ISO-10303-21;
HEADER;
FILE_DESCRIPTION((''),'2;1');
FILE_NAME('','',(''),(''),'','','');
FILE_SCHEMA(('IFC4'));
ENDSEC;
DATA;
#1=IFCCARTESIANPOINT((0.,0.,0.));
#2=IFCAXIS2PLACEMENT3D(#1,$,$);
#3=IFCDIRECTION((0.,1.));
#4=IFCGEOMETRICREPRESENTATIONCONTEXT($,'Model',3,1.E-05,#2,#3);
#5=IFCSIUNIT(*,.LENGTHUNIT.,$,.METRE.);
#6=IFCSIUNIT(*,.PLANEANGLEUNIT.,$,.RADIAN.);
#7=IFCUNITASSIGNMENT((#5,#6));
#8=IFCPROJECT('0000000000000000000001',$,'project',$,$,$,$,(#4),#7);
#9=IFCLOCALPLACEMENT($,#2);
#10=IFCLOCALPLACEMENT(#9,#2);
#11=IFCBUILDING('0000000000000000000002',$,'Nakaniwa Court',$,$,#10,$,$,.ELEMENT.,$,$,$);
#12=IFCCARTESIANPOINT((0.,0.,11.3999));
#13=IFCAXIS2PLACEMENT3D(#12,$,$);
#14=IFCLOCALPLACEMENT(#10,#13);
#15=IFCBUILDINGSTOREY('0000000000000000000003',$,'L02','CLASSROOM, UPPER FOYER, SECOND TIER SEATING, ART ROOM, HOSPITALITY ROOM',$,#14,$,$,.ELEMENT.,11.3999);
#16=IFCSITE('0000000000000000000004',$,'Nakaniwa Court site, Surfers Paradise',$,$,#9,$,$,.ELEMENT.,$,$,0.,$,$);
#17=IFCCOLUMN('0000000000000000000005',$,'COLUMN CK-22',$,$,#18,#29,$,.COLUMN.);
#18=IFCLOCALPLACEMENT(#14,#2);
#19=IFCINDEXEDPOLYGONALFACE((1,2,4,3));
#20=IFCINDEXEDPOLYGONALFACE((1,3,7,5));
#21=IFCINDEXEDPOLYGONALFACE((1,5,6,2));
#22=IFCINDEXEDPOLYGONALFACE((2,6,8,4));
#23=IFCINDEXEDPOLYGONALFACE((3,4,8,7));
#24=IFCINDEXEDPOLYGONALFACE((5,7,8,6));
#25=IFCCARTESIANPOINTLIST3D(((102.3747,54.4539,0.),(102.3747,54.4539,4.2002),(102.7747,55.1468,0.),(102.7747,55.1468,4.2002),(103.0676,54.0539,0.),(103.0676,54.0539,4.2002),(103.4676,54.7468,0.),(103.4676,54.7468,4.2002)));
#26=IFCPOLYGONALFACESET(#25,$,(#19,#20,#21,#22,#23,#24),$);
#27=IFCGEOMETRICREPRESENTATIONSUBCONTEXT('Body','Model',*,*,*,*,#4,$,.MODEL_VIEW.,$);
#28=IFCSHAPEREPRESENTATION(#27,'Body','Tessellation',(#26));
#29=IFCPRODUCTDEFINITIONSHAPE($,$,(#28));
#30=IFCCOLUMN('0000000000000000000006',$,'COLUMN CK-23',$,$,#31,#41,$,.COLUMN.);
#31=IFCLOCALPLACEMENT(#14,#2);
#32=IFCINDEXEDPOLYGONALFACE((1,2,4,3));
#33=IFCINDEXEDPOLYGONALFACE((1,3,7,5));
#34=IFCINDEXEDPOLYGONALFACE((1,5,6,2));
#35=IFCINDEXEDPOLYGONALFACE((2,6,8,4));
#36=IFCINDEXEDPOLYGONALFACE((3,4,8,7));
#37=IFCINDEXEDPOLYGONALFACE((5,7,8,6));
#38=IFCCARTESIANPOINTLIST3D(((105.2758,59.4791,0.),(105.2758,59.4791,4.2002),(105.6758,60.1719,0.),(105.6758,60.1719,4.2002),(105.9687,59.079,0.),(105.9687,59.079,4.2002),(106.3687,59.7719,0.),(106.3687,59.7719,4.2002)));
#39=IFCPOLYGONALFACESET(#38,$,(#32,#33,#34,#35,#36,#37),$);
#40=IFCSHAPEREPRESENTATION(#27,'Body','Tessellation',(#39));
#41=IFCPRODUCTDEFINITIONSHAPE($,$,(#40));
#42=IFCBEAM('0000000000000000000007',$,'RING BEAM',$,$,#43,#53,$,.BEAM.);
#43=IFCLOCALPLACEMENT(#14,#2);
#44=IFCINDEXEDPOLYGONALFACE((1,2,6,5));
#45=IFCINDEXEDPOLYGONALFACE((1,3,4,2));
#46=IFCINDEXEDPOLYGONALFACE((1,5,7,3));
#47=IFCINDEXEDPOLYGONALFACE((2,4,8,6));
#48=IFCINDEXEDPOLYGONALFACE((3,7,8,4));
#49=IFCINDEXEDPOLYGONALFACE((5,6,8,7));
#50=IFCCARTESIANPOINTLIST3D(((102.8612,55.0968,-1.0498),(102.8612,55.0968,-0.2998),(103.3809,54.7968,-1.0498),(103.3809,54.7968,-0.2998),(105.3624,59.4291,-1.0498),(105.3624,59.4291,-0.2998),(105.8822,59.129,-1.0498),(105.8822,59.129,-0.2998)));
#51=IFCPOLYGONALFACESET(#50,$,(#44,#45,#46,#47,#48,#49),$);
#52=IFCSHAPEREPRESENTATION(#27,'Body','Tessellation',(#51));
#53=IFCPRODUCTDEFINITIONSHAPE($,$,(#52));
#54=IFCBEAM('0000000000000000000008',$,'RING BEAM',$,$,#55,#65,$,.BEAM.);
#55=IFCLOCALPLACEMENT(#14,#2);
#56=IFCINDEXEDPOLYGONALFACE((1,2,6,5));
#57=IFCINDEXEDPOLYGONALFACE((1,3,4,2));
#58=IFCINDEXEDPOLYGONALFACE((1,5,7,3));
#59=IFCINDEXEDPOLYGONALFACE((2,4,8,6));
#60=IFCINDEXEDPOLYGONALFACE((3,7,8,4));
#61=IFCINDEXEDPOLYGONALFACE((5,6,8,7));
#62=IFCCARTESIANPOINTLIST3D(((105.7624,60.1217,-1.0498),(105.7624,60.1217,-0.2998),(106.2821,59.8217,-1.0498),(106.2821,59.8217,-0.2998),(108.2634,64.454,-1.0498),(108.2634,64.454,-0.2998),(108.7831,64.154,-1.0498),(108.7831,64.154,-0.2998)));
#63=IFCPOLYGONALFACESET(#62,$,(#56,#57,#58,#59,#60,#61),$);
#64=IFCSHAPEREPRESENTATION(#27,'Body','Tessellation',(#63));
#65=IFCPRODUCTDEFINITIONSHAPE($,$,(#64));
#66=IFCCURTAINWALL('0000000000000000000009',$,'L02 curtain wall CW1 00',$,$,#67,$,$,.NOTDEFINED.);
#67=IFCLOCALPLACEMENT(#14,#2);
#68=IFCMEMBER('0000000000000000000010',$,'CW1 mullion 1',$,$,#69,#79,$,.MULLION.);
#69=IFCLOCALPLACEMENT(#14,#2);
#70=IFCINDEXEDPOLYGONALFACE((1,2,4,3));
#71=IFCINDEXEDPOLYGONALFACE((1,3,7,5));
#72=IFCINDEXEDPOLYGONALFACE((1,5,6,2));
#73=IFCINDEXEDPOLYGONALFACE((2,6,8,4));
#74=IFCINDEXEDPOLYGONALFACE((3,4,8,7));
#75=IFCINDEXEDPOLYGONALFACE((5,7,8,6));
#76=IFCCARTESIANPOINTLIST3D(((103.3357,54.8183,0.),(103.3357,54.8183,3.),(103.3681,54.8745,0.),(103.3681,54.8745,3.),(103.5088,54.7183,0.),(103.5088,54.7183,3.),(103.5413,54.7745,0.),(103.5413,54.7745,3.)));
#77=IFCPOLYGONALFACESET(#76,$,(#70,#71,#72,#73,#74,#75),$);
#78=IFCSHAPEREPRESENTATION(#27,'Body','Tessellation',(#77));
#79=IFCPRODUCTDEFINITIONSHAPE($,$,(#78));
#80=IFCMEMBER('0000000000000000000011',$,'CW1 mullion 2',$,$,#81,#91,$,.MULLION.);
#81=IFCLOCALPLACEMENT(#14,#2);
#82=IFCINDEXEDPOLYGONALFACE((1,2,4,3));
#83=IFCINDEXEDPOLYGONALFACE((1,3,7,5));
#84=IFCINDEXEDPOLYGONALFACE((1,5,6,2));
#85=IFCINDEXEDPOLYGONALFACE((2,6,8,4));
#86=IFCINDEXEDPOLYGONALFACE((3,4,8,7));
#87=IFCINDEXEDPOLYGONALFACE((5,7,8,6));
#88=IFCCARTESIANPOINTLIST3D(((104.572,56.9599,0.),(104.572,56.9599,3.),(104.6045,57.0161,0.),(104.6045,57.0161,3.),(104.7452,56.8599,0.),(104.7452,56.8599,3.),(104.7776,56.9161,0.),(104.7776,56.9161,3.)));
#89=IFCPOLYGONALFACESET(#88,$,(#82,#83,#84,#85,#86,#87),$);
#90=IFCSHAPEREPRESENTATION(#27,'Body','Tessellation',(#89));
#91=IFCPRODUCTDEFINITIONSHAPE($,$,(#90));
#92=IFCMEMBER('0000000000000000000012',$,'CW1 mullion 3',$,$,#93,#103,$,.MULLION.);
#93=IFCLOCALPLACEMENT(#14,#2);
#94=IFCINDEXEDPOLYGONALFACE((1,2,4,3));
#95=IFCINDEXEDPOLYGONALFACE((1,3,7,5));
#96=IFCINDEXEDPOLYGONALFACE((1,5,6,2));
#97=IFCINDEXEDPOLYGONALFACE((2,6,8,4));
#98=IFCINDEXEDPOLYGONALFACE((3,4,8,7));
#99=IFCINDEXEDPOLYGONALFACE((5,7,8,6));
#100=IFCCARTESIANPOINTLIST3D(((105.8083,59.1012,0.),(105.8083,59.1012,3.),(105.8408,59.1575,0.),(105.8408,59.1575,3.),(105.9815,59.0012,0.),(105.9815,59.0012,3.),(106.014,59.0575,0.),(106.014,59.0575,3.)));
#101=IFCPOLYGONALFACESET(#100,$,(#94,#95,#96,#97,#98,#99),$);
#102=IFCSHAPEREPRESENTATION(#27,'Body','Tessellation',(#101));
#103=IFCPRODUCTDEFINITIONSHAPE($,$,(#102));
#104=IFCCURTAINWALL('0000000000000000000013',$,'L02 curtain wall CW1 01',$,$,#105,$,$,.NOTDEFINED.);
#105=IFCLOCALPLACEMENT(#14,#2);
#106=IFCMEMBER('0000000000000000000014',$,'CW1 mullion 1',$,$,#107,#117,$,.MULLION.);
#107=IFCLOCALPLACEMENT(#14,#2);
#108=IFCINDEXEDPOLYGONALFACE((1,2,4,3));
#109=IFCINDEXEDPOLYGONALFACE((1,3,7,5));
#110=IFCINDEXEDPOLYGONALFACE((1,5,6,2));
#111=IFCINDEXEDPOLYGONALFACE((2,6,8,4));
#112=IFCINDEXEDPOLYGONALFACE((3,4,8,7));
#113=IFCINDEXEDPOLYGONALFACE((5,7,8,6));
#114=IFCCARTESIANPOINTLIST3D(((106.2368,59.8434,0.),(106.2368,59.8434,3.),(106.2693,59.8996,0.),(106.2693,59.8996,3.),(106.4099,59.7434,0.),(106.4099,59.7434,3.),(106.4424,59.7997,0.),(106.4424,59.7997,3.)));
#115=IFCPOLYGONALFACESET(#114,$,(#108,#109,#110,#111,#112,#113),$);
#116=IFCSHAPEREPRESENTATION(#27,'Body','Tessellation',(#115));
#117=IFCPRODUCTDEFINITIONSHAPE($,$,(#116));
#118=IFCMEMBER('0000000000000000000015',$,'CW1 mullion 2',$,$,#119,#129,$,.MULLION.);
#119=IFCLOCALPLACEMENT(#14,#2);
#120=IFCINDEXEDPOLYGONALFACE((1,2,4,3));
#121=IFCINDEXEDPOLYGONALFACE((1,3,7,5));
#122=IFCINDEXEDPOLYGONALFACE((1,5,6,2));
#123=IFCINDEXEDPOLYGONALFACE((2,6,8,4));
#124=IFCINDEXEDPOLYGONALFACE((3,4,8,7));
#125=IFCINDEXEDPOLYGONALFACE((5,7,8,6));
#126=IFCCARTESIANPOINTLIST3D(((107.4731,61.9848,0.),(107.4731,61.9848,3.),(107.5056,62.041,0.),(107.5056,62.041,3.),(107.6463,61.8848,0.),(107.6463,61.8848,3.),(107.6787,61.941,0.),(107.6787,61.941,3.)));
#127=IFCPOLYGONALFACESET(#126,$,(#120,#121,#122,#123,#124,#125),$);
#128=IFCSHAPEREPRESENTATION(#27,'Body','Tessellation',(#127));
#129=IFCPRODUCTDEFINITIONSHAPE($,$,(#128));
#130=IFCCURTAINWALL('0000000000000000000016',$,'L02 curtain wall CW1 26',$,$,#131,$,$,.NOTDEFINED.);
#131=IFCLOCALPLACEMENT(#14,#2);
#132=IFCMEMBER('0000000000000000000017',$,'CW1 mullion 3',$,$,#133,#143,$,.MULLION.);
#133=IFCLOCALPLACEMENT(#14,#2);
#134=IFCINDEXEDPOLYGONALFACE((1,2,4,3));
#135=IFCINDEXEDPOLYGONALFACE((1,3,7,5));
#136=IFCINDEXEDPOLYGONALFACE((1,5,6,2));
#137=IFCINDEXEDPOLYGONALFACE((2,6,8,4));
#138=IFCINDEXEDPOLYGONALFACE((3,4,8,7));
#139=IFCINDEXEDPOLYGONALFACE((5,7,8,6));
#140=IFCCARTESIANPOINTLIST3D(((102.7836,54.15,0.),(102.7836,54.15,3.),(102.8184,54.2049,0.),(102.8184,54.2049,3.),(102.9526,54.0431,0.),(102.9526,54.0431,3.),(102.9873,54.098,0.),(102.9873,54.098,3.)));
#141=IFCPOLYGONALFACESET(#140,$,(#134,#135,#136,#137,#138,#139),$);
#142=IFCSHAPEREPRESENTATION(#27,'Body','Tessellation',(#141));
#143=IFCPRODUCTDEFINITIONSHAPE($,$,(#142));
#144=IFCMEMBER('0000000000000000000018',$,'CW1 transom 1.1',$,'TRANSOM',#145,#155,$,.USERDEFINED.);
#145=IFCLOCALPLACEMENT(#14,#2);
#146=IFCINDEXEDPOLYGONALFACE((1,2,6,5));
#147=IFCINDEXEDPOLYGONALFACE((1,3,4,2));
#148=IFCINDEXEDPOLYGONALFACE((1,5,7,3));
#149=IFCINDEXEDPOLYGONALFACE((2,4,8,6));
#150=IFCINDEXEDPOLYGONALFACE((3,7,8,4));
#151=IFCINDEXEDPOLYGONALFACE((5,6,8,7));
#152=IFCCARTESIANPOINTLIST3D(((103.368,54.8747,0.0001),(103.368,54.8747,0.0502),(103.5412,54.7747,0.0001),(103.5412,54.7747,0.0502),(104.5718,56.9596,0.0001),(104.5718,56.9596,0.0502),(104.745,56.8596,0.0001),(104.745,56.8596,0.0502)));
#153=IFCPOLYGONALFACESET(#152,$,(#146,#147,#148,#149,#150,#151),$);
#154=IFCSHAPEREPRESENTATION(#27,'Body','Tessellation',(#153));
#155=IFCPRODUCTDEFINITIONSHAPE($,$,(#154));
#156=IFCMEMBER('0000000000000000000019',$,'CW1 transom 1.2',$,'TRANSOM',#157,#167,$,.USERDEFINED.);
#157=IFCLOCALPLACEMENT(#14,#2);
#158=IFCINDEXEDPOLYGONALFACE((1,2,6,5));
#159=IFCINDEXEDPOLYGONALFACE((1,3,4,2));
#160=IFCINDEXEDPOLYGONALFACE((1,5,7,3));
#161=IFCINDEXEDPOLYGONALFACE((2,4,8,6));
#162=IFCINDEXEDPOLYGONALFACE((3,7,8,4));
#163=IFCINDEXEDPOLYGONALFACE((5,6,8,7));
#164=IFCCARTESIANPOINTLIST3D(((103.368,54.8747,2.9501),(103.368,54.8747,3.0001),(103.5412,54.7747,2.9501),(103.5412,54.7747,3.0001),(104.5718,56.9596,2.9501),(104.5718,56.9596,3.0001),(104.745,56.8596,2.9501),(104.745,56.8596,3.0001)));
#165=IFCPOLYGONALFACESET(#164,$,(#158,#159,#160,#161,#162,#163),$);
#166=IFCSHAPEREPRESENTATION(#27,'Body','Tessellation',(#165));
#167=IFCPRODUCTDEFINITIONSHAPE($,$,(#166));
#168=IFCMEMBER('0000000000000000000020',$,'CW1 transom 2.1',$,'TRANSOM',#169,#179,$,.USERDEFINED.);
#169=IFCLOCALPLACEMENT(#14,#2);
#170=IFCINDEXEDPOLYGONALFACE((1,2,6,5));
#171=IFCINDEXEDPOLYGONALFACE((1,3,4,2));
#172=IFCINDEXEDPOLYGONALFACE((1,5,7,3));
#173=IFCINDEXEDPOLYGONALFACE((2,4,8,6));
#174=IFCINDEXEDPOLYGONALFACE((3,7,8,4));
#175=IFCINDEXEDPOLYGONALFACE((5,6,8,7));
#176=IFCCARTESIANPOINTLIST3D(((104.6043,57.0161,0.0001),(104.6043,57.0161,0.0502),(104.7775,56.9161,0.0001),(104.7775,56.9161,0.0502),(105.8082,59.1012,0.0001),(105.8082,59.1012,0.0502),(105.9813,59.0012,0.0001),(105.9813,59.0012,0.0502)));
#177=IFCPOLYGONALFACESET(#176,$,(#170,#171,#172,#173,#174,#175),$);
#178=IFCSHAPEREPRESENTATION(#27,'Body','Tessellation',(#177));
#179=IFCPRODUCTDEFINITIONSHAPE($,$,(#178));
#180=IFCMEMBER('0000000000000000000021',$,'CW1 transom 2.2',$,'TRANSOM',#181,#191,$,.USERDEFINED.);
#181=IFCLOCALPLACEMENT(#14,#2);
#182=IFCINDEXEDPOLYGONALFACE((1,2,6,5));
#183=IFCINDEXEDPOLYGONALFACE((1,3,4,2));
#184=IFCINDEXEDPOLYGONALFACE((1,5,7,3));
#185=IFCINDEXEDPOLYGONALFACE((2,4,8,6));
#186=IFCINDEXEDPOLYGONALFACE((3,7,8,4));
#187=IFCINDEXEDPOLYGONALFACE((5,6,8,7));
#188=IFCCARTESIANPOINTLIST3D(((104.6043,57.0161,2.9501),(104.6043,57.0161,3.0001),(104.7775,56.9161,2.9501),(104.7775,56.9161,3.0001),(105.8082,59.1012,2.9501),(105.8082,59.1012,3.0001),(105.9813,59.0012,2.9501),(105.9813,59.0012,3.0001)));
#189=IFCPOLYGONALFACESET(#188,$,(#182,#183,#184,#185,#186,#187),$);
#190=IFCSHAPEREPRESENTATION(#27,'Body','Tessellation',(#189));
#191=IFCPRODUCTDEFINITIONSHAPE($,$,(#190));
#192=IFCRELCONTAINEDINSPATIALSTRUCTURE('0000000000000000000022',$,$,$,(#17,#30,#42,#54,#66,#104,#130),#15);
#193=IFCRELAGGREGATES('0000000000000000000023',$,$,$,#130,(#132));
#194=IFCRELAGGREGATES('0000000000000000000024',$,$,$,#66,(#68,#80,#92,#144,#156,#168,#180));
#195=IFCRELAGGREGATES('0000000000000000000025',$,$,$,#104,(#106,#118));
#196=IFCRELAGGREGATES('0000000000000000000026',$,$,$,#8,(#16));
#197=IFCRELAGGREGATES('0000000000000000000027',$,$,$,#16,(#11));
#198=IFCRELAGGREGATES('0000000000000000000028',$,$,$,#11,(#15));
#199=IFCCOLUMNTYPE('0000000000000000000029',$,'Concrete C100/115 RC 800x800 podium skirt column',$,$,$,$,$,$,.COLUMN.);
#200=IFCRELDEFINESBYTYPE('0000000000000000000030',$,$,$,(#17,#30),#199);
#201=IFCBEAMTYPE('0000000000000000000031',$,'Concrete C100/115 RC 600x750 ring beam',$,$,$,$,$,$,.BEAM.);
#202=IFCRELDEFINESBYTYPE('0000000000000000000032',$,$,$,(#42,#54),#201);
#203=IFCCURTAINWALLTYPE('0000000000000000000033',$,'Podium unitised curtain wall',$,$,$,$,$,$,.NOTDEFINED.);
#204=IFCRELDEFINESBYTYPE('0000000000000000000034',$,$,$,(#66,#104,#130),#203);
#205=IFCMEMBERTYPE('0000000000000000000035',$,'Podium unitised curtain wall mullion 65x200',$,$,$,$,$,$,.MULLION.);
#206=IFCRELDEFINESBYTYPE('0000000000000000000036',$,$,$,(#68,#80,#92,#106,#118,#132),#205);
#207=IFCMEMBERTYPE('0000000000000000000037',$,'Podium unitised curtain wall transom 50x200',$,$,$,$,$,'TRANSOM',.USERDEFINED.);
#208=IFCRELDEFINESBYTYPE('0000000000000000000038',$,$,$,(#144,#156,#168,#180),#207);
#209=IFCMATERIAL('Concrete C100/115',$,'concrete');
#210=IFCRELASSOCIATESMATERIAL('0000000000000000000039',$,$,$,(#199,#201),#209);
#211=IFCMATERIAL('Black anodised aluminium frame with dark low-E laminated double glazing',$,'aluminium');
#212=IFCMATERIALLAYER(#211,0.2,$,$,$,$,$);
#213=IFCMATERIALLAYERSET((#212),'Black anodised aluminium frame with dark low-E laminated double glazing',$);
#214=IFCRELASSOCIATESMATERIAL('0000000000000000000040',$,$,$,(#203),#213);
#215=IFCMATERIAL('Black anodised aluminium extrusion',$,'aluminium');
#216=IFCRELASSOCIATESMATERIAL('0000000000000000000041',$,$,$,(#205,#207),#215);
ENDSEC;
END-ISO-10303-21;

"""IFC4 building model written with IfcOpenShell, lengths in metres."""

from ifc_helpers import new_model, si_unit, direction, frame, origin, origin_2d, place, context, subcontext, project, spatial, rectangle, extrude, material, layer, layer_set, material_profile, profile_set, type_object, element, aggregate, save


model = new_model("IFC4")

# Units and contexts
model_context = context("Model", 3, precision=1e-05, world=origin(), true_north=direction((0.0, 1.0)))
body_context = subcontext(model_context, "Body", "Model", "MODEL_VIEW")
ifc_project = project(units=[si_unit("LENGTHUNIT", "METRE"), si_unit("PLANEANGLEUNIT", "RADIAN")], contexts=[model_context])

# Site, building, storey
site_placement = place(None, origin())
site = spatial("IfcSite", under=ifc_project, at=site_placement, Name="Nakaniwa Court site, Surfers Paradise", CompositionType="ELEMENT", RefElevation=0.0)
building_placement = place(site_placement, origin())
building = spatial("IfcBuilding", under=site, at=building_placement, Name="Nakaniwa Court", CompositionType="ELEMENT")
storey_placement = place(building_placement, frame((0.0, 0.0, 11.3999)))
storey = spatial("IfcBuildingStorey", under=building, at=storey_placement, Name="L02", Description="CLASSROOM, UPPER FOYER, SECOND TIER SEATING, ART ROOM, HOSPITALITY ROOM", CompositionType="ELEMENT", Elevation=11.3999)

# Columns
ifc_material_1 = material(Name="Concrete C100/115", Category="concrete")
ifc_material_profile_1 = material_profile(ifc_material_1, rectangle(XDim=0.8, YDim=0.8, at=origin_2d()), Name="Concrete C100/115 RC 800x800 podium skirt column")
ifc_profile_set_1 = profile_set([ifc_material_profile_1], Name="Concrete C100/115")
column_type = type_object("IfcColumnType", Name="Concrete C100/115 RC 800x800 podium skirt column", PredefinedType="COLUMN", material=ifc_profile_set_1)
for number, where, z_axis, x_axis, name in (
    (1, (102.9211, 54.6003, 0.0), (0.0, 0.0, 1.0), (0.5, 0.866025, 0.0), "COLUMN CK-22"),
    (2, (105.8223, 59.6255, 0.0), (0.0, 0.0, 1.0), (0.5, 0.866025, 0.0), "COLUMN CK-23"),
):
    element("IfcColumn", number, at=place(storey_placement, frame(where, z_axis=z_axis, x_axis=x_axis)), inside=storey, type_object=column_type, Name=name, PredefinedType="COLUMN", context=body_context, shape_type="SweptSolid", body=[
        extrude(rectangle(XDim=0.8, YDim=0.8, at=origin_2d()), origin(), (0.0, 0.0, 1.0), 4.2002),
    ])

# Beams
ifc_material_profile_2 = material_profile(ifc_material_1, rectangle(XDim=0.6001, YDim=0.75, at=origin_2d()), Name="Concrete C100/115 RC 600x750 ring beam")
ifc_profile_set_2 = profile_set([ifc_material_profile_2], Name="Concrete C100/115")
beam_type = type_object("IfcBeamType", Name="Concrete C100/115 RC 600x750 ring beam", PredefinedType="BEAM", material=ifc_profile_set_2)
for number, where, z_axis, x_axis, name in (
    (3, (103.1211, 54.9468, -0.6748), (0.499997, 0.866027, 0.0), (-0.866027, 0.499997, 0.0), "RING BEAM"),
    (4, (106.0222, 59.9717, -0.6748), (0.49996, 0.866048, 0.0), (-0.866048, 0.49996, 0.0), "RING BEAM"),
):
    element("IfcBeam", number, at=place(storey_placement, frame(where, z_axis=z_axis, x_axis=x_axis)), inside=storey, type_object=beam_type, Name=name, PredefinedType="BEAM", context=body_context, shape_type="SweptSolid", body=[
        extrude(rectangle(XDim=0.6001, YDim=0.75, at=origin_2d()), origin(), (0.0, 0.0, 1.0), 5.0024),
    ])

# Curtain walls, members
ifc_material_2 = material(Name="Black anodised aluminium frame with dark low-E laminated double glazing", Category="aluminium")
ifc_layer_1 = layer(ifc_material_2, 0.2)
ifc_layer_set_1 = layer_set([ifc_layer_1], Name="Black anodised aluminium frame with dark low-E laminated double glazing")
curtain_wall_type = type_object("IfcCurtainWallType", Name="Podium unitised curtain wall", PredefinedType="NOTDEFINED", material=ifc_layer_set_1)
curtain_wall_1_placement = place(storey_placement, origin())
curtain_wall_1 = element("IfcCurtainWall", 5, at=curtain_wall_1_placement, inside=storey, type_object=curtain_wall_type, Name="L02 curtain wall CW1 00", PredefinedType="NOTDEFINED")
ifc_material_3 = material(Name="Black anodised aluminium extrusion", Category="aluminium")
ifc_material_profile_3 = material_profile(ifc_material_3, rectangle(XDim=0.2, YDim=0.0649, at=origin_2d()), Name="Podium unitised curtain wall mullion 65x200")
ifc_profile_set_3 = profile_set([ifc_material_profile_3], Name="Black anodised aluminium extrusion")
member_type_1 = type_object("IfcMemberType", Name="Podium unitised curtain wall mullion 65x200", PredefinedType="MULLION", material=ifc_profile_set_3)
member_1_placement = place(storey_placement, frame((103.4385, 54.7964, 0.0), z_axis=(0.0, 0.0, 1.0), x_axis=(-0.866037, 0.499979, 0.0)))
member_1 = element("IfcMember", 6, at=member_1_placement, type_object=member_type_1, Name="CW1 mullion 1", PredefinedType="MULLION", context=body_context, shape_type="SweptSolid", body=[
    extrude(rectangle(XDim=0.2, YDim=0.0649, at=origin_2d()), origin(), (0.0, 0.0, 1.0), 3.0),
])
member_2_placement = place(storey_placement, frame((104.6748, 56.938, 0.0), z_axis=(0.0, 0.0, 1.0), x_axis=(-0.866037, 0.499979, 0.0)))
member_2 = element("IfcMember", 7, at=member_2_placement, type_object=member_type_1, Name="CW1 mullion 2", PredefinedType="MULLION", context=body_context, shape_type="SweptSolid", body=[
    extrude(rectangle(XDim=0.2, YDim=0.0649, at=origin_2d()), origin(), (0.0, 0.0, 1.0), 3.0),
])
member_3_placement = place(storey_placement, frame((105.9111, 59.0793, 0.0), z_axis=(0.0, 0.0, 1.0), x_axis=(-0.866037, 0.499979, 0.0)))
member_3 = element("IfcMember", 8, at=member_3_placement, type_object=member_type_1, Name="CW1 mullion 3", PredefinedType="MULLION", context=body_context, shape_type="SweptSolid", body=[
    extrude(rectangle(XDim=0.2, YDim=0.0649, at=origin_2d()), origin(), (0.0, 0.0, 1.0), 3.0),
])
curtain_wall_2_placement = place(storey_placement, origin())
curtain_wall_2 = element("IfcCurtainWall", 9, at=curtain_wall_2_placement, inside=storey, type_object=curtain_wall_type, Name="L02 curtain wall CW1 01", PredefinedType="NOTDEFINED")
member_4_placement = place(storey_placement, frame((106.3396, 59.8215, 0.0), z_axis=(0.0, 0.0, 1.0), x_axis=(-0.866032, 0.499988, 0.0)))
member_4 = element("IfcMember", 10, at=member_4_placement, type_object=member_type_1, Name="CW1 mullion 1", PredefinedType="MULLION", context=body_context, shape_type="SweptSolid", body=[
    extrude(rectangle(XDim=0.2, YDim=0.0649, at=origin_2d()), origin(), (0.0, 0.0, 1.0), 3.0),
])
member_5_placement = place(storey_placement, frame((107.5759, 61.9629, 0.0), z_axis=(0.0, 0.0, 1.0), x_axis=(-0.866032, 0.499988, 0.0)))
member_5 = element("IfcMember", 11, at=member_5_placement, type_object=member_type_1, Name="CW1 mullion 2", PredefinedType="MULLION", context=body_context, shape_type="SweptSolid", body=[
    extrude(rectangle(XDim=0.2, YDim=0.0649, at=origin_2d()), origin(), (0.0, 0.0, 1.0), 3.0),
])

# Curtain wall, member
curtain_wall_3_placement = place(storey_placement, origin())
curtain_wall_3 = element("IfcCurtainWall", 12, at=curtain_wall_3_placement, inside=storey, type_object=curtain_wall_type, Name="L02 curtain wall CW1 26", PredefinedType="NOTDEFINED")
member_6_placement = place(storey_placement, frame((102.8855, 54.124, 0.0), z_axis=(0.0, 0.0, 1.0), x_axis=(-0.845107, 0.534597, 0.0)))
member_6 = element("IfcMember", 13, at=member_6_placement, type_object=member_type_1, Name="CW1 mullion 3", PredefinedType="MULLION", context=body_context, shape_type="SweptSolid", body=[
    extrude(rectangle(XDim=0.2, YDim=0.0649, at=origin_2d()), origin(), (0.0, 0.0, 1.0), 3.0),
])
aggregate(curtain_wall_3, [member_6])

# Members
ifc_material_profile_4 = material_profile(ifc_material_3, rectangle(XDim=0.2, YDim=0.05, at=origin_2d()), Name="Podium unitised curtain wall transom 50x200")
ifc_profile_set_4 = profile_set([ifc_material_profile_4], Name="Black anodised aluminium extrusion")
member_type_2 = type_object("IfcMemberType", Name="Podium unitised curtain wall transom 50x200", ElementType="TRANSOM", PredefinedType="USERDEFINED", material=ifc_profile_set_4)
member_7_placement = place(storey_placement, frame((103.4546, 54.8247, 0.0251), z_axis=(0.500033, 0.866007, 0.0), x_axis=(-0.866007, 0.500033, 0.0)))
member_7 = element("IfcMember", 14, at=member_7_placement, type_object=member_type_2, Name="CW1 transom 1.1", ObjectType="TRANSOM", PredefinedType="USERDEFINED", context=body_context, shape_type="SweptSolid", body=[
    extrude(rectangle(XDim=0.2, YDim=0.05, at=origin_2d()), origin(), (0.0, 0.0, 1.0), 2.4075),
])
member_8_placement = place(storey_placement, frame((103.4546, 54.8247, 2.9751), z_axis=(0.500033, 0.866007, 0.0), x_axis=(-0.866007, 0.500033, 0.0)))
member_8 = element("IfcMember", 15, at=member_8_placement, type_object=member_type_2, Name="CW1 transom 1.2", ObjectType="TRANSOM", PredefinedType="USERDEFINED", context=body_context, shape_type="SweptSolid", body=[
    extrude(rectangle(XDim=0.2, YDim=0.05, at=origin_2d()), origin(), (0.0, 0.0, 1.0), 2.4075),
])
member_9_placement = place(storey_placement, frame((104.6909, 56.9661, 0.0251), z_axis=(0.499989, 0.866032, 0.0), x_axis=(-0.866032, 0.499989, 0.0)))
member_9 = element("IfcMember", 16, at=member_9_placement, type_object=member_type_2, Name="CW1 transom 2.1", ObjectType="TRANSOM", PredefinedType="USERDEFINED", context=body_context, shape_type="SweptSolid", body=[
    extrude(rectangle(XDim=0.2, YDim=0.05, at=origin_2d()), origin(), (0.0, 0.0, 1.0), 2.4077),
])
member_10_placement = place(storey_placement, frame((104.6909, 56.9661, 2.9751), z_axis=(0.499989, 0.866032, 0.0), x_axis=(-0.866032, 0.499989, 0.0)))
member_10 = element("IfcMember", 17, at=member_10_placement, type_object=member_type_2, Name="CW1 transom 2.2", ObjectType="TRANSOM", PredefinedType="USERDEFINED", context=body_context, shape_type="SweptSolid", body=[
    extrude(rectangle(XDim=0.2, YDim=0.05, at=origin_2d()), origin(), (0.0, 0.0, 1.0), 2.4077),
])

aggregate(curtain_wall_1, [member_1, member_2, member_3, member_7, member_8, member_9, member_10])
aggregate(curtain_wall_2, [member_4, member_5])

save(model, "model.ifc")
